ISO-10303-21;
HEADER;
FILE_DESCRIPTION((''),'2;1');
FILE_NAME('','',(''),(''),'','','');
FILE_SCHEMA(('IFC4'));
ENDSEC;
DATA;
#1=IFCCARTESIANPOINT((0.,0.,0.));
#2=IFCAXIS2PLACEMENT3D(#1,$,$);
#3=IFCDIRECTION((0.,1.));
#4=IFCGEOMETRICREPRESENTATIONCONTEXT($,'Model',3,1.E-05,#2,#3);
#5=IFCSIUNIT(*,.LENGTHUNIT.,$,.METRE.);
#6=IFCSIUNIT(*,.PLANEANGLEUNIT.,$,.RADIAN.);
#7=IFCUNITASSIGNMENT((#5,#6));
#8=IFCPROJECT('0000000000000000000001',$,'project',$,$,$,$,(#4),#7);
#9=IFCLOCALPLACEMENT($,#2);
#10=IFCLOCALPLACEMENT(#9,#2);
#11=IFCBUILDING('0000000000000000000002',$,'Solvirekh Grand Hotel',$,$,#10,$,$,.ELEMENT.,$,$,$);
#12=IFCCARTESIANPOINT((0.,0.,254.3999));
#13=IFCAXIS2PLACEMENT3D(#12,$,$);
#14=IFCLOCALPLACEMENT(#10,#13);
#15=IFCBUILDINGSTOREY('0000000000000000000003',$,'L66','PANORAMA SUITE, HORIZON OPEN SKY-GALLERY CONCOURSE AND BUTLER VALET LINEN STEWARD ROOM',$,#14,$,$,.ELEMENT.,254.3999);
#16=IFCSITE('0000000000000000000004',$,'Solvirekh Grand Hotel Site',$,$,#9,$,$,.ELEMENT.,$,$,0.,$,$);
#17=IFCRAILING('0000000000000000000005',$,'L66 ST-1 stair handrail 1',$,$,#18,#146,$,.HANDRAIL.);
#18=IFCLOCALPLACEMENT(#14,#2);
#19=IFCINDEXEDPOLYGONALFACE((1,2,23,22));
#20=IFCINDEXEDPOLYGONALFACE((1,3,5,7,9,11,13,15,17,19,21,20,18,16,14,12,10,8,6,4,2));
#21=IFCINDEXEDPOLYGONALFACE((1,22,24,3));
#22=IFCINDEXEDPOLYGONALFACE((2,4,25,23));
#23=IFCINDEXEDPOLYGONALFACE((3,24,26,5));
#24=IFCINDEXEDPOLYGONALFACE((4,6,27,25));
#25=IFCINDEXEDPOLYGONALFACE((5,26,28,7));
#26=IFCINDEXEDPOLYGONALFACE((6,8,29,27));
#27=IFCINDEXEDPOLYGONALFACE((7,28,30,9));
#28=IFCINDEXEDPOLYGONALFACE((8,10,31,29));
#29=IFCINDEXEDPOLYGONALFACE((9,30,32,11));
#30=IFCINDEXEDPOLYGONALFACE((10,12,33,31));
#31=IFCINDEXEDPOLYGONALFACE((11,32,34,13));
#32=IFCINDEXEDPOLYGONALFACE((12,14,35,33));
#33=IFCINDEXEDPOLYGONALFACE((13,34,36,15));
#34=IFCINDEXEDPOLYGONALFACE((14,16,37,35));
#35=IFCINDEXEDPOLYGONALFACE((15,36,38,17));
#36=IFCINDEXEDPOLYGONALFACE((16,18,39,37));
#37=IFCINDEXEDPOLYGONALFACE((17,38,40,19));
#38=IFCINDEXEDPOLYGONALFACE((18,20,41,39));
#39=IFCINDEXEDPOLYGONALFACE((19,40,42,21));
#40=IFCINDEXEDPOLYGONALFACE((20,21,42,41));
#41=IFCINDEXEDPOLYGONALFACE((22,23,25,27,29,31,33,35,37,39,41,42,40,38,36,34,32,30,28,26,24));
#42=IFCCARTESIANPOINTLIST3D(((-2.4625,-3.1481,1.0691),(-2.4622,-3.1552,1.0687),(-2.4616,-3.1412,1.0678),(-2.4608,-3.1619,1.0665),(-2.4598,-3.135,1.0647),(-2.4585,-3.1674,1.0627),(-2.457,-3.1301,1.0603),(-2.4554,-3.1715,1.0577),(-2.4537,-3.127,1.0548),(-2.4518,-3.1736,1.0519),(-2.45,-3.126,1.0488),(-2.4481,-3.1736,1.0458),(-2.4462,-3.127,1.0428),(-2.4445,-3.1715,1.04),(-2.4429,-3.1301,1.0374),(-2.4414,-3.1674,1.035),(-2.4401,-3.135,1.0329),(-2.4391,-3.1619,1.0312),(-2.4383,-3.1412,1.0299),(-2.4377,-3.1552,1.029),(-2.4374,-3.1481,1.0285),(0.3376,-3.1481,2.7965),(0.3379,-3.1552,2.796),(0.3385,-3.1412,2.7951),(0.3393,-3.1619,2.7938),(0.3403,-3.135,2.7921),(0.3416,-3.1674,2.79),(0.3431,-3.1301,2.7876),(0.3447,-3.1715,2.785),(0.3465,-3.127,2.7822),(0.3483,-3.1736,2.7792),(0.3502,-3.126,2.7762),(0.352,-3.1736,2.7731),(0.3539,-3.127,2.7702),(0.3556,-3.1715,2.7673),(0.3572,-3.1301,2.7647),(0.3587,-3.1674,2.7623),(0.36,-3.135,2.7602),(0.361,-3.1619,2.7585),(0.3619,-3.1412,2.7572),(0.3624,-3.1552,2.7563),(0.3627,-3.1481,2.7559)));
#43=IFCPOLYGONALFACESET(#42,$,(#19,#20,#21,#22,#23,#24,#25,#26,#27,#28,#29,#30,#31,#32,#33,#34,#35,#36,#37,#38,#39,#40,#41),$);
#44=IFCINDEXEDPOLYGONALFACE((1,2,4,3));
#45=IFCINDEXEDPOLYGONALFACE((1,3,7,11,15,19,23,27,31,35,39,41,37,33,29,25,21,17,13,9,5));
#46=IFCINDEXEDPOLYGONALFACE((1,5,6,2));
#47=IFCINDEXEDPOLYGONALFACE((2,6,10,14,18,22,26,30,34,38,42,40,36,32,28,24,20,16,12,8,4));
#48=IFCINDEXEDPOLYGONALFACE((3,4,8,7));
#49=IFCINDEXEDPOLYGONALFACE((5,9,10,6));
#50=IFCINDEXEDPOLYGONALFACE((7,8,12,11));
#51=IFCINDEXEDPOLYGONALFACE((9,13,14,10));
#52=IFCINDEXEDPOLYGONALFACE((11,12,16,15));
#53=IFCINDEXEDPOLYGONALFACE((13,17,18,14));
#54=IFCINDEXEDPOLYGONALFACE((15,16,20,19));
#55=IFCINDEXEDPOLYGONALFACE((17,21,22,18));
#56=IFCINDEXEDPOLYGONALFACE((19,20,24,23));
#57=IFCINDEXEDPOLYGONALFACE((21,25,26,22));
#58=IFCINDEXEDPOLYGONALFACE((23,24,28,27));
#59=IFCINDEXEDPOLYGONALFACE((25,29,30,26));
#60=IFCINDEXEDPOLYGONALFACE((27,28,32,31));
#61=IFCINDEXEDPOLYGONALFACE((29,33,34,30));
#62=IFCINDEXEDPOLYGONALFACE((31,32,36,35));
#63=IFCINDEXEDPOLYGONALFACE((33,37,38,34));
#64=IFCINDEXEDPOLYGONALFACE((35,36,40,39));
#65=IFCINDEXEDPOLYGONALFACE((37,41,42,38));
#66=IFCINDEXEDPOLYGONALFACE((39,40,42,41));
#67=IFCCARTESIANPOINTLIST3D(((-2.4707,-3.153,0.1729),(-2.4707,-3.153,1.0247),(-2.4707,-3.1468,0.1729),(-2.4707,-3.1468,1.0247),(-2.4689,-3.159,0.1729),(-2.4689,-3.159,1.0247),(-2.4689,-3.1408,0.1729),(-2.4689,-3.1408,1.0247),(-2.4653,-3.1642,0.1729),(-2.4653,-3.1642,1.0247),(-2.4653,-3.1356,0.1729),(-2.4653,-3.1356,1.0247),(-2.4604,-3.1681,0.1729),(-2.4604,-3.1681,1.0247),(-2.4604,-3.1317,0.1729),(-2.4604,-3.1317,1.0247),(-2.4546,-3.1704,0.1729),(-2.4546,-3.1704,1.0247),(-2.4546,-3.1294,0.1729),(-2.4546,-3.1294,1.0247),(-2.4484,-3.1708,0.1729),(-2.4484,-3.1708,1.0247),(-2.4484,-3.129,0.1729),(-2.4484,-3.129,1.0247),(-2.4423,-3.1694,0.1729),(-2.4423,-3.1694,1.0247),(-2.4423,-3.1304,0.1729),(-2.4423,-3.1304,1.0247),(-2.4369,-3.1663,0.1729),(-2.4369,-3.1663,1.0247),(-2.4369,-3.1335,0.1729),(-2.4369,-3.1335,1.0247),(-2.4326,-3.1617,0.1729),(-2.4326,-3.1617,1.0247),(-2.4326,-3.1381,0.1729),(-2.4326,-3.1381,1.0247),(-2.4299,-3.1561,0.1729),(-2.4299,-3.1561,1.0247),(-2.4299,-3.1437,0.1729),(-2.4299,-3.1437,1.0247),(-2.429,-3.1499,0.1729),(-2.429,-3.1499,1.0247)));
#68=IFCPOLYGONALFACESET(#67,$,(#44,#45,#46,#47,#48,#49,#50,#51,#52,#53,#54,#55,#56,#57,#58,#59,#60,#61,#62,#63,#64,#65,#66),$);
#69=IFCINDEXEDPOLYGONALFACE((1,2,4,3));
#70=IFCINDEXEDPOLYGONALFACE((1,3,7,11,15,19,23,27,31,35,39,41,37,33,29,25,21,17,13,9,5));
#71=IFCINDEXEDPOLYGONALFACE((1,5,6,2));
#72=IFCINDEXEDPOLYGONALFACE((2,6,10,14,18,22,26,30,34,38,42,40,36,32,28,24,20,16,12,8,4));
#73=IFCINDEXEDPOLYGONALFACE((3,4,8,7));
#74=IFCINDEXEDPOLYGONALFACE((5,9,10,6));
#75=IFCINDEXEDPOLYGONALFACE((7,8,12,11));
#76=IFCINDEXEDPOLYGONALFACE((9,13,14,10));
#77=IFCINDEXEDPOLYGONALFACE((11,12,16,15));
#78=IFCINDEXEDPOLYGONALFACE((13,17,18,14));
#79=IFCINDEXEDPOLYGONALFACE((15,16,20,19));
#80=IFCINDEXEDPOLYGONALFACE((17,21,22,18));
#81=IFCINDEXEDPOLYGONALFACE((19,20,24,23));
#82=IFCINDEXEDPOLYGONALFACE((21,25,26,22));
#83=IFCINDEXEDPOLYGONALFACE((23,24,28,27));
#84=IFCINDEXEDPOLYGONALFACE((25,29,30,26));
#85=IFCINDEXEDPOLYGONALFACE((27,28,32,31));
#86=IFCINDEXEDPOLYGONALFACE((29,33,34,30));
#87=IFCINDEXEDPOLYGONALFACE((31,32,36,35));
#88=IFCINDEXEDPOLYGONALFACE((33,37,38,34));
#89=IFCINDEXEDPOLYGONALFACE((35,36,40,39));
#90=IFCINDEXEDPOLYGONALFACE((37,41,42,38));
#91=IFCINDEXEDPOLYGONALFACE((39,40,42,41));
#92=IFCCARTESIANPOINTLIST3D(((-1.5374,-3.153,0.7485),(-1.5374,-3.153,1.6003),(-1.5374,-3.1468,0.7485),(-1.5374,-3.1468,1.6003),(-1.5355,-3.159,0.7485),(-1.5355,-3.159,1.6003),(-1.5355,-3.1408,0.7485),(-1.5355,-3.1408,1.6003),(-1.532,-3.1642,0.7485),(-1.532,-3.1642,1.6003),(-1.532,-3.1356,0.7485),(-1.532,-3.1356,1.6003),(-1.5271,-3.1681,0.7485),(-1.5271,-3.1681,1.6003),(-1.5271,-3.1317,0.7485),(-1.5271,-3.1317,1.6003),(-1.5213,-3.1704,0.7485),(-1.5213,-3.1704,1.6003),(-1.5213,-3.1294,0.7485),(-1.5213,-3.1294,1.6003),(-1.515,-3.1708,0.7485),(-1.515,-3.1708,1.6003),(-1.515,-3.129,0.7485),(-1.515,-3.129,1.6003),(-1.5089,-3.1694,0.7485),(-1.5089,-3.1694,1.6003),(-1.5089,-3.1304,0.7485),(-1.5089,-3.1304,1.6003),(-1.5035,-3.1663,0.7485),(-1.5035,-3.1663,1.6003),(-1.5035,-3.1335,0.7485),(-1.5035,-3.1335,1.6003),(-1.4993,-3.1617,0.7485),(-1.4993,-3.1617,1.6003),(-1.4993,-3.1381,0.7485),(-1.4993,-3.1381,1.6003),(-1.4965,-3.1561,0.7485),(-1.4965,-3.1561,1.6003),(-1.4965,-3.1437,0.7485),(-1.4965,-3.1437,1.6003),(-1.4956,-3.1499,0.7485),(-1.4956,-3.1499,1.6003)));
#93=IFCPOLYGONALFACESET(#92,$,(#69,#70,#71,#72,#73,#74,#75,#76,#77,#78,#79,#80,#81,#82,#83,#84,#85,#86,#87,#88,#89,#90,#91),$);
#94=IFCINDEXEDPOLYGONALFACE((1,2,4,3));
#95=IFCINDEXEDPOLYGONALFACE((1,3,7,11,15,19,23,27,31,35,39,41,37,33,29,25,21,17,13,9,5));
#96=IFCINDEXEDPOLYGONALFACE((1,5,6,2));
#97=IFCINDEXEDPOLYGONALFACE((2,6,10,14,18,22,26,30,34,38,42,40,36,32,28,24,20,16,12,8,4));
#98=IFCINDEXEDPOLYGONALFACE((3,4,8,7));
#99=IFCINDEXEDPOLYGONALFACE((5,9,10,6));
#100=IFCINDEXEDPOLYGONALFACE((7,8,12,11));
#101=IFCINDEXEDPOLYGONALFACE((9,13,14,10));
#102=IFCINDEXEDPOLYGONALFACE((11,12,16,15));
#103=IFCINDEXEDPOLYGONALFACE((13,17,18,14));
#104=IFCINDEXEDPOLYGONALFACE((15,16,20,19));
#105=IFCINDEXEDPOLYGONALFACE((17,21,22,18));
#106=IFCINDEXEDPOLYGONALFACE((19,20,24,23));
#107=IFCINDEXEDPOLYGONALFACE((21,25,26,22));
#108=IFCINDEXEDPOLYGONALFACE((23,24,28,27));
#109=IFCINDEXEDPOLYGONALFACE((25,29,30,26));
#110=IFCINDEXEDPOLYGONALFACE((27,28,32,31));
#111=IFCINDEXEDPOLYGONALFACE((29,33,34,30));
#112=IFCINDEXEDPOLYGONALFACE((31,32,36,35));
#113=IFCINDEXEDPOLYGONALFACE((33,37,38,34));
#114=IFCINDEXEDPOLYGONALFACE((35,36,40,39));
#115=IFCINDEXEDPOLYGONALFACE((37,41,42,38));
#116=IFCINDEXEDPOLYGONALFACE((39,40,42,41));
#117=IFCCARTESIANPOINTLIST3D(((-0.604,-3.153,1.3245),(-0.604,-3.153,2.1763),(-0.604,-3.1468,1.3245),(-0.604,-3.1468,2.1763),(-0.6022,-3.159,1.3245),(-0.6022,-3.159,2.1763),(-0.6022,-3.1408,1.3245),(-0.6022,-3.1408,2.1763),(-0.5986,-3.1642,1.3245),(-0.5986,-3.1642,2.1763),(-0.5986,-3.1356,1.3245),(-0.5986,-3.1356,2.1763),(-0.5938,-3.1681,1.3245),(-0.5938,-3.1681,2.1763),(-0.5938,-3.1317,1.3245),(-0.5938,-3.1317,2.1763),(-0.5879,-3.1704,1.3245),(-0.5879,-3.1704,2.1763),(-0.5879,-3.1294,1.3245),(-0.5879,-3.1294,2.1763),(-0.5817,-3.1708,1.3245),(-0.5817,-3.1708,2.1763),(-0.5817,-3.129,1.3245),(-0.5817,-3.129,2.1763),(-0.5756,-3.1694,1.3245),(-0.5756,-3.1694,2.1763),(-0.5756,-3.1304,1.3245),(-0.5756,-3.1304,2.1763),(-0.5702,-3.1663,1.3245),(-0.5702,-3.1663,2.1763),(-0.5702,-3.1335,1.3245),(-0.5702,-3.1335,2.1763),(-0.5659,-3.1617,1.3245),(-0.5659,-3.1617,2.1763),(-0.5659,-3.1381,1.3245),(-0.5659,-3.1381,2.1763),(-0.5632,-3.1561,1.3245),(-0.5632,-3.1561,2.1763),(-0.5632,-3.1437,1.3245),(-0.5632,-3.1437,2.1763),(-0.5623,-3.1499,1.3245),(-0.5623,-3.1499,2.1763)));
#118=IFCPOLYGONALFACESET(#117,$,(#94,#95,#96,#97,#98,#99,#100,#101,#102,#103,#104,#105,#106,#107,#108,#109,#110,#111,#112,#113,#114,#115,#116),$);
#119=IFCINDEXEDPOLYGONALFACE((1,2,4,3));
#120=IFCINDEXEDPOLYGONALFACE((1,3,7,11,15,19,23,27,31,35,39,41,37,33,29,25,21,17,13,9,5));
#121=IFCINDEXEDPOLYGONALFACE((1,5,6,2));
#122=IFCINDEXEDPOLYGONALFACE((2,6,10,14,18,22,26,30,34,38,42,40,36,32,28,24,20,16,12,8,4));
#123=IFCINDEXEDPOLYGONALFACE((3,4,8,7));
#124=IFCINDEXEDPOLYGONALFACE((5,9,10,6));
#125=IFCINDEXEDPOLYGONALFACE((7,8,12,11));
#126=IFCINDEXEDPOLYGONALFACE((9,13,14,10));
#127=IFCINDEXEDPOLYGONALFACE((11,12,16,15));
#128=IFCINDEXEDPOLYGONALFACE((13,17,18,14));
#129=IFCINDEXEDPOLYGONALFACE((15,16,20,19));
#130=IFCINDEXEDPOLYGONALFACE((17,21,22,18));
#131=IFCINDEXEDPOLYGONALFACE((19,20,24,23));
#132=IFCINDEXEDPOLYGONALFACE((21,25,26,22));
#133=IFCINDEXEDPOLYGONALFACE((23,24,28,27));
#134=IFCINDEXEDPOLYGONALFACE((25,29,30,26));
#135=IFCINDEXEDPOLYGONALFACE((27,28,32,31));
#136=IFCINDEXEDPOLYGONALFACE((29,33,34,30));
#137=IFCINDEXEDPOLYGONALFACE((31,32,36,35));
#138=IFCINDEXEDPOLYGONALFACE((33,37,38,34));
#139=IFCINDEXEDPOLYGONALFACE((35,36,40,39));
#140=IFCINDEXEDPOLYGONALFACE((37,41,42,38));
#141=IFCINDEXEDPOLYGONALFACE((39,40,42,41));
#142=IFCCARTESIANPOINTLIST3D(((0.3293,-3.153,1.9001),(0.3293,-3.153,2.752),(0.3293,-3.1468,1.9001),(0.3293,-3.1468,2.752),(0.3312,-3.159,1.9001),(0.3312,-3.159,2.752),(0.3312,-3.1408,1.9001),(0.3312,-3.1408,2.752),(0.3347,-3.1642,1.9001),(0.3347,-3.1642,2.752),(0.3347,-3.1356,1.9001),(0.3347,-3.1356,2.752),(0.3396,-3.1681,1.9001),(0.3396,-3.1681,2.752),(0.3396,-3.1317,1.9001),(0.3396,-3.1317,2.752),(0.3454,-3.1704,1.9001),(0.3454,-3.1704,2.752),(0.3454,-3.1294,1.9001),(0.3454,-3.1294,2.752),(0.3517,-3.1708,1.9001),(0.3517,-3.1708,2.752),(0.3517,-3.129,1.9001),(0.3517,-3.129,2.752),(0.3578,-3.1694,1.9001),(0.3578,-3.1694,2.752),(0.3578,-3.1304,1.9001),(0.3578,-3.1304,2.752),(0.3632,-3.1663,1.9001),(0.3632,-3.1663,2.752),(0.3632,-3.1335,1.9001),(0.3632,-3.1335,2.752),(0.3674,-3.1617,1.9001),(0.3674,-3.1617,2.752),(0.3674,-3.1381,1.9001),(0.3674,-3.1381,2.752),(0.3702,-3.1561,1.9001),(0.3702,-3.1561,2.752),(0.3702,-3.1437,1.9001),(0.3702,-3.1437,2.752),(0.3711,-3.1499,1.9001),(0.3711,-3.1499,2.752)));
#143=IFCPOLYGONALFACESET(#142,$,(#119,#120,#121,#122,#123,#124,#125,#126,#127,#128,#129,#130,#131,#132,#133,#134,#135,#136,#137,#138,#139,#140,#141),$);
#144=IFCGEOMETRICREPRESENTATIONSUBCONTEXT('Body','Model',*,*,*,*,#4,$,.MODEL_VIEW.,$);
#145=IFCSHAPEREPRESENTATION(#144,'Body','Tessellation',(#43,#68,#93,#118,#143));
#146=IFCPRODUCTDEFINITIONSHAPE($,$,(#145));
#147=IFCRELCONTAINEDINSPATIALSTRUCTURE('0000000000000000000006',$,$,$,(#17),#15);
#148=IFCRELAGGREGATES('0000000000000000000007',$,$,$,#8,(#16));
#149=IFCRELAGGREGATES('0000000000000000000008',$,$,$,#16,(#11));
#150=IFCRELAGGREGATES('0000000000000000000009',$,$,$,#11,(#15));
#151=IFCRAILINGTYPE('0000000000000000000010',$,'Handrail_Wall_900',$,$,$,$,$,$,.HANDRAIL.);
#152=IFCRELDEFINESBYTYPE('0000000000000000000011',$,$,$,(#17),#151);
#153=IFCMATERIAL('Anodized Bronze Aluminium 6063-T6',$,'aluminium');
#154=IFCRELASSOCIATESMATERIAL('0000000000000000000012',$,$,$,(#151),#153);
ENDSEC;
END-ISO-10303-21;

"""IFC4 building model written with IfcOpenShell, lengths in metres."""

from ifc_helpers import new_model, si_unit, direction, frame, origin, origin_2d, place, context, subcontext, project, spatial, circle, extrude, material, type_object, element, save


model = new_model("IFC4")

# Units and contexts
model_context = context("Model", 3, precision=1e-05, world=origin(), true_north=direction((0.0, 1.0)))
body_context = subcontext(model_context, "Body", "Model", "MODEL_VIEW")
ifc_project = project(units=[si_unit("LENGTHUNIT", "METRE"), si_unit("PLANEANGLEUNIT", "RADIAN")], contexts=[model_context])

# Site, building, storey
site_placement = place(None, origin())
site = spatial("IfcSite", under=ifc_project, at=site_placement, Name="Solvirekh Grand Hotel Site", CompositionType="ELEMENT", RefElevation=0.0)
building_placement = place(site_placement, origin())
building = spatial("IfcBuilding", under=site, at=building_placement, Name="Solvirekh Grand Hotel", CompositionType="ELEMENT")
storey_placement = place(building_placement, frame((0.0, 0.0, 254.3999)))
storey = spatial("IfcBuildingStorey", under=building, at=storey_placement, Name="L66", Description="PANORAMA SUITE, HORIZON OPEN SKY-GALLERY CONCOURSE AND BUTLER VALET LINEN STEWARD ROOM", CompositionType="ELEMENT", Elevation=254.3999)

# Shared definitions
ifc_material_1 = material(Name="Anodized Bronze Aluminium 6063-T6", Category="aluminium")

# Railing
railing_type_1 = type_object("IfcRailingType", Name="Handrail_Wall_900", PredefinedType="HANDRAIL", material=ifc_material_1)
for number, where, name in (
    (1, (-2.45, -3.1499, 0.1729), "L66 ST-1 stair handrail 1"),
):
    element("IfcRailing", number, at=place(storey_placement, frame(where)), inside=storey, type_object=railing_type_1, Name=name, PredefinedType="HANDRAIL", context=body_context, shape_type="SweptSolid", body=[
        extrude(circle(Radius=0.0239, at=origin_2d()), frame((0.0, 0.0, 0.876), z_axis=(0.85109, 0.0, 0.52502), x_axis=(0.0, 1.0, 0.0)), (0.0, 0.0, 1.0), 3.29),
        extrude(circle(Radius=0.021, at=origin_2d()), origin(), (0.0, 0.0, 1.0), 0.8518),
        extrude(circle(Radius=0.021, at=origin_2d()), frame((0.9333, 0.0, 0.5757)), (0.0, 0.0, 1.0), 0.8518),
        extrude(circle(Radius=0.021, at=origin_2d()), frame((1.8667, 0.0, 1.1516)), (0.0, 0.0, 1.0), 0.8518),
        extrude(circle(Radius=0.021, at=origin_2d()), frame((2.8, 0.0, 1.7273)), (0.0, 0.0, 1.0), 0.8518),
    ])

save(model, "model.ifc")
